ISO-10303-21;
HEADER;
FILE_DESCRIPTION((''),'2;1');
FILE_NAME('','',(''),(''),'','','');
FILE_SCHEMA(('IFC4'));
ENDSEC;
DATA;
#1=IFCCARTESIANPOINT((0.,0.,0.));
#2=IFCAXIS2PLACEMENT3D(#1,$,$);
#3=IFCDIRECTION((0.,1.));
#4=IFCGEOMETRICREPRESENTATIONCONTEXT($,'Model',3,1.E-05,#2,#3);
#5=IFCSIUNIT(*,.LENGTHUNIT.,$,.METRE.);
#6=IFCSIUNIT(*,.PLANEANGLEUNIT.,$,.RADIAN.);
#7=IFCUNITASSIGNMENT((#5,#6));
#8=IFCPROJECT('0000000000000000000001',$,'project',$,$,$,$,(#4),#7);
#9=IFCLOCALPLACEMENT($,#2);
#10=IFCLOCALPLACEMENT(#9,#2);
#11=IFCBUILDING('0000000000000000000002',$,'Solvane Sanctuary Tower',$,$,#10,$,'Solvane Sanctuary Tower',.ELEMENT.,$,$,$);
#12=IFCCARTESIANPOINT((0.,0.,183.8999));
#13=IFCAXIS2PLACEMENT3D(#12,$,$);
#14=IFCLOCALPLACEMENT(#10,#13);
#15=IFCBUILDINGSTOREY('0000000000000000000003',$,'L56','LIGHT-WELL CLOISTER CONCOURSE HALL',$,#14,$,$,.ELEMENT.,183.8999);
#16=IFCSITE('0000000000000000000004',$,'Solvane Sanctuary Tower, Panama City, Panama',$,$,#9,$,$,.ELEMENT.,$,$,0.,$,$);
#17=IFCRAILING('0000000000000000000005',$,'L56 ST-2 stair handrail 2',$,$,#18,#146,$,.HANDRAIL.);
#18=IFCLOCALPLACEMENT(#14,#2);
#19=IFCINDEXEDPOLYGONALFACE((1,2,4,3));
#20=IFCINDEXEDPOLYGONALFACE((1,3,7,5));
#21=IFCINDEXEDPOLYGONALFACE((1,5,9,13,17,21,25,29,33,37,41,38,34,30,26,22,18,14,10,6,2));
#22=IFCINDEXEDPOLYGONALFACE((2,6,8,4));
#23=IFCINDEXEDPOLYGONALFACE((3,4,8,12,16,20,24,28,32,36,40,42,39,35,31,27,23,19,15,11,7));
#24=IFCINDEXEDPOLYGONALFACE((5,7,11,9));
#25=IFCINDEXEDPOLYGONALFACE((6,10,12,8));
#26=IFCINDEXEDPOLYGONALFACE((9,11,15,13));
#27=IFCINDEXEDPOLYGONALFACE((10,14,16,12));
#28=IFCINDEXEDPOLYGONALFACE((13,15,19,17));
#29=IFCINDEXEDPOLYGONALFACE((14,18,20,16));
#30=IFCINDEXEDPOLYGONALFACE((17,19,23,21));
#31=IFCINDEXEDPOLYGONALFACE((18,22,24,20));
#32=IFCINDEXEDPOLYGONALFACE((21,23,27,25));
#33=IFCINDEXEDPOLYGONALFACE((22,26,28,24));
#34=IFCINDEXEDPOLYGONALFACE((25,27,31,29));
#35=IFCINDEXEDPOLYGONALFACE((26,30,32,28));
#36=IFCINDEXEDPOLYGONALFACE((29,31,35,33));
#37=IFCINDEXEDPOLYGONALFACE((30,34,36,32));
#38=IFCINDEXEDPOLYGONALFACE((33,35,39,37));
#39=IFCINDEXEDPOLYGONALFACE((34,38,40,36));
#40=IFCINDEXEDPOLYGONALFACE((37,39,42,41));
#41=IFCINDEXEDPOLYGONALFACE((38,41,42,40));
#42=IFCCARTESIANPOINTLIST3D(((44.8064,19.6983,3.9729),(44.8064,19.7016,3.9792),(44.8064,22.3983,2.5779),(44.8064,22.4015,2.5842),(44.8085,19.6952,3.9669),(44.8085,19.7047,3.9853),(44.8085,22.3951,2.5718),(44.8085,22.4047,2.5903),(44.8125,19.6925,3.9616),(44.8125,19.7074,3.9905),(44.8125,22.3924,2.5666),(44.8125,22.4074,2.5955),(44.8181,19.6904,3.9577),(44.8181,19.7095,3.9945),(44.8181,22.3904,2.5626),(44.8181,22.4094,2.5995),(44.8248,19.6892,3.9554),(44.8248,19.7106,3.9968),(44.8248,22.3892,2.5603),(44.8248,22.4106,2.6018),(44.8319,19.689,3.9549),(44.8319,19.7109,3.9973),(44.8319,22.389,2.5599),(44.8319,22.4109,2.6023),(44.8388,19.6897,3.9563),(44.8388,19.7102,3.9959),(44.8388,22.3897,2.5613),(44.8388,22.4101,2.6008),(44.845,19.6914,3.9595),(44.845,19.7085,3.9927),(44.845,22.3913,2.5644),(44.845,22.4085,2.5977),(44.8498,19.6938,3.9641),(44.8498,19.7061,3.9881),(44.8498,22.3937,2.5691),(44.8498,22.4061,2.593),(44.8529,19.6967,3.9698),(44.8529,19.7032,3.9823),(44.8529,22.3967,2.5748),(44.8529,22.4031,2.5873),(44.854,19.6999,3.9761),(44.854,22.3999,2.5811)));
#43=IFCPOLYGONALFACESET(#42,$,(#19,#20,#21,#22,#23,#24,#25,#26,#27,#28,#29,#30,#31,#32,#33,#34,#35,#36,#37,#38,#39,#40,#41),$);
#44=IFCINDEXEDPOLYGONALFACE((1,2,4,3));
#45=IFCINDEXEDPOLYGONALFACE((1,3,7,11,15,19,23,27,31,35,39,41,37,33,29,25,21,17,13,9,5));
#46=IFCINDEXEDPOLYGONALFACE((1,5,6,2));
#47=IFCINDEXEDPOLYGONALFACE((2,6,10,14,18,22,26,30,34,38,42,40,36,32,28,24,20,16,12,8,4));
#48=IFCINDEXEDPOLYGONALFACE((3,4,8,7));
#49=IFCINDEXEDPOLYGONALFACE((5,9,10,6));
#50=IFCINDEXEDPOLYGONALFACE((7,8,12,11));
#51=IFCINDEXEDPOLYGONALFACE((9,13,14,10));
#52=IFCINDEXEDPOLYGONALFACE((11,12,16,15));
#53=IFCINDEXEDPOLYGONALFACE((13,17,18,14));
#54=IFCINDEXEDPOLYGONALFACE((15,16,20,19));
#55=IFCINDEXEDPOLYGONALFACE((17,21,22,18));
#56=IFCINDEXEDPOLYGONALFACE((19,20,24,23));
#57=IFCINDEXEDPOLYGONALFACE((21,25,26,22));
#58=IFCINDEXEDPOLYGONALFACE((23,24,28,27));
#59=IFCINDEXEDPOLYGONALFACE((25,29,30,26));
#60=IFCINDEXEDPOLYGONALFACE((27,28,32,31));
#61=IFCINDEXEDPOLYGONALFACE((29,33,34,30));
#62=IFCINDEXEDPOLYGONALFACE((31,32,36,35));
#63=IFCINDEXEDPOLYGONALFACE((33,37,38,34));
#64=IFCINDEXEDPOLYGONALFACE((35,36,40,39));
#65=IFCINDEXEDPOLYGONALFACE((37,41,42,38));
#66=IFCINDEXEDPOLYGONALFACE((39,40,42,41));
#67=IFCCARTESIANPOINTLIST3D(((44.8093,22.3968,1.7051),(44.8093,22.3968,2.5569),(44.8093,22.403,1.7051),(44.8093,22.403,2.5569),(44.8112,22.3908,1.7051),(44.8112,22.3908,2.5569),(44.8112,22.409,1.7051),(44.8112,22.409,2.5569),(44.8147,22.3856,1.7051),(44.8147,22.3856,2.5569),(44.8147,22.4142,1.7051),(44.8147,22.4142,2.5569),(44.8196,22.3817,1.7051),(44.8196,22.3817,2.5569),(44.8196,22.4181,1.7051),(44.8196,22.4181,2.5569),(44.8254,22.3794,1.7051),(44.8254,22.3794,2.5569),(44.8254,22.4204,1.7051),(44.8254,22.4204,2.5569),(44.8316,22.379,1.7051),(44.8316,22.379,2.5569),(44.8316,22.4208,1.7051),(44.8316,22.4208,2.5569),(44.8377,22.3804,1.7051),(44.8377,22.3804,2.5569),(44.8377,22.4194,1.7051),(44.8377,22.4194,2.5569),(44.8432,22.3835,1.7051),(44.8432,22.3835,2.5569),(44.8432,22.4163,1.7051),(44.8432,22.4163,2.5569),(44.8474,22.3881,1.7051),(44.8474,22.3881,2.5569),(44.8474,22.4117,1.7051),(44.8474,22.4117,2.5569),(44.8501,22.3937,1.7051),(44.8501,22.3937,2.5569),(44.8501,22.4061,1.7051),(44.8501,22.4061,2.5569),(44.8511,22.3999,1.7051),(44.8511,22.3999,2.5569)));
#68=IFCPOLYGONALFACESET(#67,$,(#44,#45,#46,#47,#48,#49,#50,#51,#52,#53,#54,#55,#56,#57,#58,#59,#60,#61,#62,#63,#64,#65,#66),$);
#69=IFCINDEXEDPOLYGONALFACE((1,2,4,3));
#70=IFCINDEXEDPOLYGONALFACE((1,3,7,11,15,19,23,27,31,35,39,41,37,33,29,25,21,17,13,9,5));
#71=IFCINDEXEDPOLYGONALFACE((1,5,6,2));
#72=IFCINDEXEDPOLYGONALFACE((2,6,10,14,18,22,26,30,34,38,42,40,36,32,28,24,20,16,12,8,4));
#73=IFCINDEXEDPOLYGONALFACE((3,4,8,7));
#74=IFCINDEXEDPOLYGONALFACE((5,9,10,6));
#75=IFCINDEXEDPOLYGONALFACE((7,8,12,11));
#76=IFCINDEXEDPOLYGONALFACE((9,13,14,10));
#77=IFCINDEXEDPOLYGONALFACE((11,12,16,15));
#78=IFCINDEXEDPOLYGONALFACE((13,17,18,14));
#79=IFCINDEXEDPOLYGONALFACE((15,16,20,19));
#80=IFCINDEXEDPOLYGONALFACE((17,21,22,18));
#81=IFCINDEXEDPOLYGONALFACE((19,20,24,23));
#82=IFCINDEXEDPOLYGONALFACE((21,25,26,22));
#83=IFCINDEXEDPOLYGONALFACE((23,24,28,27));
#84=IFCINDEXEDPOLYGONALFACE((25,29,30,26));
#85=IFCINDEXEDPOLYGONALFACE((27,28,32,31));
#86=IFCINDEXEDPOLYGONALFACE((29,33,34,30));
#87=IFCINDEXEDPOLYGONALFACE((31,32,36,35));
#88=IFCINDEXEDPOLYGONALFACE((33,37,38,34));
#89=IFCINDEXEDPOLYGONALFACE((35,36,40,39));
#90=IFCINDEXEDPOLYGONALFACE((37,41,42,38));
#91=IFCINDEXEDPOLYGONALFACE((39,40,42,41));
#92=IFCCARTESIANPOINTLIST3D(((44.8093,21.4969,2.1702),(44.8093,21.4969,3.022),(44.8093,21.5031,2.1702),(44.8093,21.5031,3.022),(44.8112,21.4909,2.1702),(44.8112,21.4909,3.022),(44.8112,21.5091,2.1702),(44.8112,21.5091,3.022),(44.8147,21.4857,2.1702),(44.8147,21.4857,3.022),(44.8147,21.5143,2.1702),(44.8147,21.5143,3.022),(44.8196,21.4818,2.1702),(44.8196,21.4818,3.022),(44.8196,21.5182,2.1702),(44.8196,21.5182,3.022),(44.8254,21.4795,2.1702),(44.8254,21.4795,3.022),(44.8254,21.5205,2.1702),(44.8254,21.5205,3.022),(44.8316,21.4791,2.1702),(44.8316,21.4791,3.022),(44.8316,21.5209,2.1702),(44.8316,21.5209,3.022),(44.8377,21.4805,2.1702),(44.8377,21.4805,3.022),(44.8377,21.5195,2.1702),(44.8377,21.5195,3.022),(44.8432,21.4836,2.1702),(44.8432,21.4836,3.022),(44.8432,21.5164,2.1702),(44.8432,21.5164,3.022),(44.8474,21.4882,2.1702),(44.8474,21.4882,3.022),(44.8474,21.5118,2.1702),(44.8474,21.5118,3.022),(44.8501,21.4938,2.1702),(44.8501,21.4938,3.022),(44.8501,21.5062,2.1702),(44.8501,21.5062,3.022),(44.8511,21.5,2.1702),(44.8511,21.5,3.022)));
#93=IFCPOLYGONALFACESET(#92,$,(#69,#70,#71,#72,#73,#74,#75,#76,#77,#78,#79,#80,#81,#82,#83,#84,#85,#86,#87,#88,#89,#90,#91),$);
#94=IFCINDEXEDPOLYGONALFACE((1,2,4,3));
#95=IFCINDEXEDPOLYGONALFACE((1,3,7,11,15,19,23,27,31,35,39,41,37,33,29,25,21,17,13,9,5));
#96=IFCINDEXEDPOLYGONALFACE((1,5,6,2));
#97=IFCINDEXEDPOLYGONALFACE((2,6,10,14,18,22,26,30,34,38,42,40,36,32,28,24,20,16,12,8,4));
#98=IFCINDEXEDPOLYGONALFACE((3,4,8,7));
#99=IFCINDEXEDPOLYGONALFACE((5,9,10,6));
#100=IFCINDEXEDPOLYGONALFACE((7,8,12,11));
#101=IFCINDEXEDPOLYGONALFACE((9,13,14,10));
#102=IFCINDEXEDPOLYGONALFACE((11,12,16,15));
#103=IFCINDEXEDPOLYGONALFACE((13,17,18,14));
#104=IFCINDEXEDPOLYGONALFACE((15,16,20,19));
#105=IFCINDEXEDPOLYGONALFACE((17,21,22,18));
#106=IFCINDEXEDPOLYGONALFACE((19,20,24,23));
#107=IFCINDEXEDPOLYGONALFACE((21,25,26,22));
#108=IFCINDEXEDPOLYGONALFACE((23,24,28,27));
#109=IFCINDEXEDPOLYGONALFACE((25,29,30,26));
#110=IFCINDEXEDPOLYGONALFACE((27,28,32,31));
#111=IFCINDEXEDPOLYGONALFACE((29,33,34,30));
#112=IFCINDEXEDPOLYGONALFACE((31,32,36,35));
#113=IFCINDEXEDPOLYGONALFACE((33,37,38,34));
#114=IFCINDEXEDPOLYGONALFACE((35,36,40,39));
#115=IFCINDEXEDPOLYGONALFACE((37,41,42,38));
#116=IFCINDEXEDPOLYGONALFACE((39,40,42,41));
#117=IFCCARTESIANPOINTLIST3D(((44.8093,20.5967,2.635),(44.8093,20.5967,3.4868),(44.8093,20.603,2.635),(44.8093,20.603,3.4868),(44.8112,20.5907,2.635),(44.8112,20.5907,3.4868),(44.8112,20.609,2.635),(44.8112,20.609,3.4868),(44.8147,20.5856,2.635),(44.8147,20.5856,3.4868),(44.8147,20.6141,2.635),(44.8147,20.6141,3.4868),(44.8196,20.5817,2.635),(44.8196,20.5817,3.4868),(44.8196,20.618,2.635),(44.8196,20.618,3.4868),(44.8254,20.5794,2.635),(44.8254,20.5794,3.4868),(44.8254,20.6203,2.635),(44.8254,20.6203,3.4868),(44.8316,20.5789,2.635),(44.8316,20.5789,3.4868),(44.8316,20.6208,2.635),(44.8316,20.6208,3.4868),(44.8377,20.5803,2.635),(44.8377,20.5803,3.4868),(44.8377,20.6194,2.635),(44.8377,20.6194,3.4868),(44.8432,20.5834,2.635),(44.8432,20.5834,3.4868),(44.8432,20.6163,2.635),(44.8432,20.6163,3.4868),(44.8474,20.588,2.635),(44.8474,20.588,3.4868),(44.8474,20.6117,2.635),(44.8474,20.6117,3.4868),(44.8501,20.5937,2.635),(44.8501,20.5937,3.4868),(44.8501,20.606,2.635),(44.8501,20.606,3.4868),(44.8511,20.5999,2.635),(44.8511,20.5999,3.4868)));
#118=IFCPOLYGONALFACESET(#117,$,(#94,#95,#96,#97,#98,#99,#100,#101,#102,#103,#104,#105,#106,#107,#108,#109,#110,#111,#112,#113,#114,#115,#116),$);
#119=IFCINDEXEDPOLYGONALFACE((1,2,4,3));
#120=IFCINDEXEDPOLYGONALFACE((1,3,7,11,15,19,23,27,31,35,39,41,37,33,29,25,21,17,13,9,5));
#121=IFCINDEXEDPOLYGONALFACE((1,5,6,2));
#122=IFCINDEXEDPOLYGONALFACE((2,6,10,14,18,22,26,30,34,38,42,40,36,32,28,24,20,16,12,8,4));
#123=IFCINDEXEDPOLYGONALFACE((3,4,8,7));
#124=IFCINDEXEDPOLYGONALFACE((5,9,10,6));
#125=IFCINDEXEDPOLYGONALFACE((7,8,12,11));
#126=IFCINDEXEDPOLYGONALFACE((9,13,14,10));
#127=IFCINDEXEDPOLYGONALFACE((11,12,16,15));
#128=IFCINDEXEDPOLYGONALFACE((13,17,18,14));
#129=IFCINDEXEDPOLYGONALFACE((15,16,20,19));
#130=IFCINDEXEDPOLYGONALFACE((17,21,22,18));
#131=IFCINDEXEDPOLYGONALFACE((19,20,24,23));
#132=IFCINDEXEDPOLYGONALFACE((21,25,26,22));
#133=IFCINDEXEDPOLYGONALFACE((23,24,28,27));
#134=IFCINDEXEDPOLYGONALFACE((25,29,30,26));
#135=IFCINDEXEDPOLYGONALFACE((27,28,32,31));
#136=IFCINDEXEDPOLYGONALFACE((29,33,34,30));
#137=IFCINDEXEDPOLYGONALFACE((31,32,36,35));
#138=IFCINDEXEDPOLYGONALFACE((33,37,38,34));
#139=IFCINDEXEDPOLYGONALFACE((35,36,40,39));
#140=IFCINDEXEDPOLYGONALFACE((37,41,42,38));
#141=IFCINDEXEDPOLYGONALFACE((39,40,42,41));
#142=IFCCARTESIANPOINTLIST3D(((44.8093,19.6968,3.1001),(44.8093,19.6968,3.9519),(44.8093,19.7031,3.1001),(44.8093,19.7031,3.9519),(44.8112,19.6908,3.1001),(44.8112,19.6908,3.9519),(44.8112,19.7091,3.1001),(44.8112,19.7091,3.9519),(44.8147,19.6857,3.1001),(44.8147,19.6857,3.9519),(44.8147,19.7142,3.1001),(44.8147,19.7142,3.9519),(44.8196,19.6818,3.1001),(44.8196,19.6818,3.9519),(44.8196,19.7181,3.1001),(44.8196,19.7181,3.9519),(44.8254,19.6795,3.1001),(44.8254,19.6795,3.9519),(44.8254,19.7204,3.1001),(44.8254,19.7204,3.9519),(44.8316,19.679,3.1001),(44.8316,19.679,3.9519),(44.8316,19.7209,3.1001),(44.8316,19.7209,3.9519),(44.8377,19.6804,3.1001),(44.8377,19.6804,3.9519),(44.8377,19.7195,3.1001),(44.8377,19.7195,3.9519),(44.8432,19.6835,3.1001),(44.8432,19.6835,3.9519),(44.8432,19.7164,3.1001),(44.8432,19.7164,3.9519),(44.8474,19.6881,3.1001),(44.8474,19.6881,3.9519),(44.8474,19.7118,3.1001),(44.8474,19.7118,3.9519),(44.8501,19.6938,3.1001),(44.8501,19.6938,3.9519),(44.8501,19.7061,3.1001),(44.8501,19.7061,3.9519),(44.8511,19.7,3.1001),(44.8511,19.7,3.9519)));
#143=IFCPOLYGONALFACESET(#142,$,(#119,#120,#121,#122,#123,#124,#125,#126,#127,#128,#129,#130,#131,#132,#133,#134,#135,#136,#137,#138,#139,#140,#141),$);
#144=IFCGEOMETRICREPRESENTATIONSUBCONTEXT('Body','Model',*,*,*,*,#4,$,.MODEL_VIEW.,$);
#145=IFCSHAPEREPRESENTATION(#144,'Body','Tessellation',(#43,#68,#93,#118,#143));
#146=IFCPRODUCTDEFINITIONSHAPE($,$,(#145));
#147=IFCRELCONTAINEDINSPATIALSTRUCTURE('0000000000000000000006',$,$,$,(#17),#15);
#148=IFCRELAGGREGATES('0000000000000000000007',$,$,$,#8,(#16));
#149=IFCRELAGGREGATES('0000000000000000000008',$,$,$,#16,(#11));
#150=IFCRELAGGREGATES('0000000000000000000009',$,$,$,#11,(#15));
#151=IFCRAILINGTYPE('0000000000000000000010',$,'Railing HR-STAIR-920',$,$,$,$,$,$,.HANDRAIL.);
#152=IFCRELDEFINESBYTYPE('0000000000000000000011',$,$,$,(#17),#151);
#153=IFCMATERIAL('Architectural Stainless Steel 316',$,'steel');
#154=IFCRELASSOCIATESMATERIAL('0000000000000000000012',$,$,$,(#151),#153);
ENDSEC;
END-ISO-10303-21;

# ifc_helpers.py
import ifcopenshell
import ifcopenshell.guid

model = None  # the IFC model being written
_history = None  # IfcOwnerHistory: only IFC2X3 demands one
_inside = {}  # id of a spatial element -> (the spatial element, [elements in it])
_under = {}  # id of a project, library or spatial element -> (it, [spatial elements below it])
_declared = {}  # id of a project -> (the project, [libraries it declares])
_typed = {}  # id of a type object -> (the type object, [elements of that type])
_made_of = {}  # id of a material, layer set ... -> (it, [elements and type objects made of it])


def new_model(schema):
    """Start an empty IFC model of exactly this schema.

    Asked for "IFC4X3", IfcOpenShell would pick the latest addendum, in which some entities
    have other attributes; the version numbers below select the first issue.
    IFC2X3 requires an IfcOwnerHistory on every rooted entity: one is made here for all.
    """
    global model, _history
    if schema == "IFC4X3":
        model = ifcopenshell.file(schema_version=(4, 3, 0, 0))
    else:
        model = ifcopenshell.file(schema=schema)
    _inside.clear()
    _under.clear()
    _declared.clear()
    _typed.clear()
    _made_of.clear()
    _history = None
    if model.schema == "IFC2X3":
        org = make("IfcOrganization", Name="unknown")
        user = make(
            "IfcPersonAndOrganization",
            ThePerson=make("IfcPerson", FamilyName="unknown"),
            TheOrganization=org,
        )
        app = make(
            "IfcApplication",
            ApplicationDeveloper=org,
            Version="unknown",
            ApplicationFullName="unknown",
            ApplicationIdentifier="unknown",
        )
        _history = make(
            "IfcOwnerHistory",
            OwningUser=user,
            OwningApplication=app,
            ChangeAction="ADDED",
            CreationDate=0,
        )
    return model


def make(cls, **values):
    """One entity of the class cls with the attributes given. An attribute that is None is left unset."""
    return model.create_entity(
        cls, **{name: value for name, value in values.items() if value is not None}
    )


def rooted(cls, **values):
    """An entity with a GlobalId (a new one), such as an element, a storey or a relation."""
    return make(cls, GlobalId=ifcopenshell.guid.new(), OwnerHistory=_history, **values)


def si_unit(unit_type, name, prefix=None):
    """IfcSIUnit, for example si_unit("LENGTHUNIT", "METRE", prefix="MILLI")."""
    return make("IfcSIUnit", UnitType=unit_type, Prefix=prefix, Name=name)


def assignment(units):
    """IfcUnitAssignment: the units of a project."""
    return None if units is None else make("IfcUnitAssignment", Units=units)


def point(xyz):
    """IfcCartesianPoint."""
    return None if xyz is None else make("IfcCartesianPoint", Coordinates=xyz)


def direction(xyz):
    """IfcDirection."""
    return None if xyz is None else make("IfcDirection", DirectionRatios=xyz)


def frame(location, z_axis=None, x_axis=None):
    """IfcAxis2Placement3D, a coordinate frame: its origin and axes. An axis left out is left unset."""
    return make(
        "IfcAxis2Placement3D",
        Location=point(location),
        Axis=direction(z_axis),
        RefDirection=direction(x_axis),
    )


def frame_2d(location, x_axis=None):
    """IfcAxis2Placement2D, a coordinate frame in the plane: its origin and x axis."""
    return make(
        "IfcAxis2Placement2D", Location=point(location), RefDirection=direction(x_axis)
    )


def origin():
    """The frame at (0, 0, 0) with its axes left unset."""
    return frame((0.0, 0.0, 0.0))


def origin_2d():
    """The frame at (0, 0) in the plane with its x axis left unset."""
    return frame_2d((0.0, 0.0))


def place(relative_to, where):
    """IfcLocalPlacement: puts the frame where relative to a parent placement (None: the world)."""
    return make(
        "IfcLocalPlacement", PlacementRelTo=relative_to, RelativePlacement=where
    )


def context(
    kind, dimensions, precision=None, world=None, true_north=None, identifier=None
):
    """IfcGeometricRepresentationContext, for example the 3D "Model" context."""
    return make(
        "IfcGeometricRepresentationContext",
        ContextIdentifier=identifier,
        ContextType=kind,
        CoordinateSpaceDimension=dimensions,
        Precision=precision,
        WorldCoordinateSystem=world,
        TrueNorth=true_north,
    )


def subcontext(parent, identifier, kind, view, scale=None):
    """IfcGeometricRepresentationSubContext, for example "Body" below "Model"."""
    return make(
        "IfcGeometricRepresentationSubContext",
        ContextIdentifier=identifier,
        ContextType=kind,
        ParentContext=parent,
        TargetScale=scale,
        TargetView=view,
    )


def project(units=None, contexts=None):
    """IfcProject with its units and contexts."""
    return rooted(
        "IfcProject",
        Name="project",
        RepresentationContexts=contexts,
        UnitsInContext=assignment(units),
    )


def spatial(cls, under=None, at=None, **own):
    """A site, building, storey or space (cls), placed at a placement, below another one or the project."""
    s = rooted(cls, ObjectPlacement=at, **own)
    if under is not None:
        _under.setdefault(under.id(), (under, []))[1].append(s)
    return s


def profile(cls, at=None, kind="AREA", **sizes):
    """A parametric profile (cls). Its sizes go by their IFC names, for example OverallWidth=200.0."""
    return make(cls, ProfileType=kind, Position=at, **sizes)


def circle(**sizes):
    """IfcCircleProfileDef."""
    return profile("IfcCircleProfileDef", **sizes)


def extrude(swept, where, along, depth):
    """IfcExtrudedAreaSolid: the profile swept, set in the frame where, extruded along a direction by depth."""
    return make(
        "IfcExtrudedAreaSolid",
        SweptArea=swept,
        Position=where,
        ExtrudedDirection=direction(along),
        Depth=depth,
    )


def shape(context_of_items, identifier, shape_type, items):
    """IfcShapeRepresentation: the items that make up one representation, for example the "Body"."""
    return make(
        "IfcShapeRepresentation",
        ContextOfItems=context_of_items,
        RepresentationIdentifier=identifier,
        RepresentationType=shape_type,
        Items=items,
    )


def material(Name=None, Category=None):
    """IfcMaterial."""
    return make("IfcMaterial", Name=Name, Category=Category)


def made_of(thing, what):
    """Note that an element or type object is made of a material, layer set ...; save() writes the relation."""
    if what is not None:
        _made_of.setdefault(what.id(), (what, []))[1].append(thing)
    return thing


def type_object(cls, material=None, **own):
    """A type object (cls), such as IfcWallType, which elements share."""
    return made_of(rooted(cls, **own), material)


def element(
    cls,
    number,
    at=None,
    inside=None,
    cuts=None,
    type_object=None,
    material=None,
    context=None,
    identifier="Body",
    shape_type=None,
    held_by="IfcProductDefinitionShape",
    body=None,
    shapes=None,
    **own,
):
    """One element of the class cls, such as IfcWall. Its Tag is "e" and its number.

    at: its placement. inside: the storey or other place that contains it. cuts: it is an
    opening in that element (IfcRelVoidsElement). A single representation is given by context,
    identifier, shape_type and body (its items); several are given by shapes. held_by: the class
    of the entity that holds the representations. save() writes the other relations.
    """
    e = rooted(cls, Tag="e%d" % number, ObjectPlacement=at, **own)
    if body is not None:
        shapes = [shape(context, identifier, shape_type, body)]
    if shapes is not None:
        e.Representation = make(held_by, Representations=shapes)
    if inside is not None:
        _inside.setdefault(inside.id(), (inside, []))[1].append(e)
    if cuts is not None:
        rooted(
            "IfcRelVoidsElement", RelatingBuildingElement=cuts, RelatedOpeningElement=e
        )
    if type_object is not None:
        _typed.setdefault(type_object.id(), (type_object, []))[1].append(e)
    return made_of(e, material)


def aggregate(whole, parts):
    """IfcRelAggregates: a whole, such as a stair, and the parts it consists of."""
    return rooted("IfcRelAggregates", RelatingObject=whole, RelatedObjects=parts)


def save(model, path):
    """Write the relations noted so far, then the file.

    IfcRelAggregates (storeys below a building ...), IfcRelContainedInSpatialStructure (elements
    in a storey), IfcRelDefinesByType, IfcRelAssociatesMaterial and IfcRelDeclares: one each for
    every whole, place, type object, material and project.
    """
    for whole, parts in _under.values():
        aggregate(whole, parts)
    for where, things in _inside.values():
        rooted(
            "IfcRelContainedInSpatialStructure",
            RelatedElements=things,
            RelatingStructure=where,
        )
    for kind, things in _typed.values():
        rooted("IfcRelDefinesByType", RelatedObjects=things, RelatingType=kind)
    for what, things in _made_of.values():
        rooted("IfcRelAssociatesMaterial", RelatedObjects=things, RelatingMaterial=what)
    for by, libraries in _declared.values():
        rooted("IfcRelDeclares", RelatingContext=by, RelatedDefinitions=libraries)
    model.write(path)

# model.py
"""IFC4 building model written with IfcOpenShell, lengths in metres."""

from ifc_helpers import new_model, si_unit, direction, frame, origin, origin_2d, place, context, subcontext, project, spatial, circle, extrude, material, type_object, element, save


model = new_model("IFC4")

# Units and contexts
model_context = context("Model", 3, precision=1e-05, world=origin(), true_north=direction((0.0, 1.0)))
body_context = subcontext(model_context, "Body", "Model", "MODEL_VIEW")
ifc_project = project(units=[si_unit("LENGTHUNIT", "METRE"), si_unit("PLANEANGLEUNIT", "RADIAN")], contexts=[model_context])

# Site, building, storey
site_placement = place(None, origin())
site = spatial("IfcSite", under=ifc_project, at=site_placement, Name="Solvane Sanctuary Tower, Panama City, Panama", CompositionType="ELEMENT", RefElevation=0.0)
building_placement = place(site_placement, origin())
building = spatial("IfcBuilding", under=site, at=building_placement, Name="Solvane Sanctuary Tower", LongName="Solvane Sanctuary Tower", CompositionType="ELEMENT")
storey_placement = place(building_placement, frame((0.0, 0.0, 183.8999)))
storey = spatial("IfcBuildingStorey", under=building, at=storey_placement, Name="L56", Description="LIGHT-WELL CLOISTER CONCOURSE HALL", CompositionType="ELEMENT", Elevation=183.8999)

# Shared definitions
ifc_material_1 = material(Name="Architectural Stainless Steel 316", Category="steel")

# Railing
railing_type_1 = type_object("IfcRailingType", Name="Railing HR-STAIR-920", PredefinedType="HANDRAIL", material=ifc_material_1)
railing_1_placement = place(storey_placement, frame((44.8301, 22.3999, 1.7051)))
element("IfcRailing", 1, at=railing_1_placement, inside=storey, type_object=railing_type_1, Name="L56 ST-2 stair handrail 2", PredefinedType="HANDRAIL", context=body_context, shape_type="SweptSolid", body=[
    extrude(circle(Radius=0.0239, at=origin_2d()), frame((0.0, 0.0, 0.876), z_axis=(0.0, -0.88842, 0.459032), x_axis=(1.0, 0.0, 0.0)), (0.0, 0.0, 1.0), 3.0391),
    extrude(circle(Radius=0.021, at=origin_2d()), origin(), (0.0, 0.0, 1.0), 0.8518),
    extrude(circle(Radius=0.021, at=origin_2d()), frame((0.0, -0.8999, 0.4651)), (0.0, 0.0, 1.0), 0.8518),
    extrude(circle(Radius=0.021, at=origin_2d()), frame((0.0, -1.8, 0.9299)), (0.0, 0.0, 1.0), 0.8518),
    extrude(circle(Radius=0.021, at=origin_2d()), frame((0.0, -2.7, 1.395)), (0.0, 0.0, 1.0), 0.8518),
])

save(model, "model.ifc")
